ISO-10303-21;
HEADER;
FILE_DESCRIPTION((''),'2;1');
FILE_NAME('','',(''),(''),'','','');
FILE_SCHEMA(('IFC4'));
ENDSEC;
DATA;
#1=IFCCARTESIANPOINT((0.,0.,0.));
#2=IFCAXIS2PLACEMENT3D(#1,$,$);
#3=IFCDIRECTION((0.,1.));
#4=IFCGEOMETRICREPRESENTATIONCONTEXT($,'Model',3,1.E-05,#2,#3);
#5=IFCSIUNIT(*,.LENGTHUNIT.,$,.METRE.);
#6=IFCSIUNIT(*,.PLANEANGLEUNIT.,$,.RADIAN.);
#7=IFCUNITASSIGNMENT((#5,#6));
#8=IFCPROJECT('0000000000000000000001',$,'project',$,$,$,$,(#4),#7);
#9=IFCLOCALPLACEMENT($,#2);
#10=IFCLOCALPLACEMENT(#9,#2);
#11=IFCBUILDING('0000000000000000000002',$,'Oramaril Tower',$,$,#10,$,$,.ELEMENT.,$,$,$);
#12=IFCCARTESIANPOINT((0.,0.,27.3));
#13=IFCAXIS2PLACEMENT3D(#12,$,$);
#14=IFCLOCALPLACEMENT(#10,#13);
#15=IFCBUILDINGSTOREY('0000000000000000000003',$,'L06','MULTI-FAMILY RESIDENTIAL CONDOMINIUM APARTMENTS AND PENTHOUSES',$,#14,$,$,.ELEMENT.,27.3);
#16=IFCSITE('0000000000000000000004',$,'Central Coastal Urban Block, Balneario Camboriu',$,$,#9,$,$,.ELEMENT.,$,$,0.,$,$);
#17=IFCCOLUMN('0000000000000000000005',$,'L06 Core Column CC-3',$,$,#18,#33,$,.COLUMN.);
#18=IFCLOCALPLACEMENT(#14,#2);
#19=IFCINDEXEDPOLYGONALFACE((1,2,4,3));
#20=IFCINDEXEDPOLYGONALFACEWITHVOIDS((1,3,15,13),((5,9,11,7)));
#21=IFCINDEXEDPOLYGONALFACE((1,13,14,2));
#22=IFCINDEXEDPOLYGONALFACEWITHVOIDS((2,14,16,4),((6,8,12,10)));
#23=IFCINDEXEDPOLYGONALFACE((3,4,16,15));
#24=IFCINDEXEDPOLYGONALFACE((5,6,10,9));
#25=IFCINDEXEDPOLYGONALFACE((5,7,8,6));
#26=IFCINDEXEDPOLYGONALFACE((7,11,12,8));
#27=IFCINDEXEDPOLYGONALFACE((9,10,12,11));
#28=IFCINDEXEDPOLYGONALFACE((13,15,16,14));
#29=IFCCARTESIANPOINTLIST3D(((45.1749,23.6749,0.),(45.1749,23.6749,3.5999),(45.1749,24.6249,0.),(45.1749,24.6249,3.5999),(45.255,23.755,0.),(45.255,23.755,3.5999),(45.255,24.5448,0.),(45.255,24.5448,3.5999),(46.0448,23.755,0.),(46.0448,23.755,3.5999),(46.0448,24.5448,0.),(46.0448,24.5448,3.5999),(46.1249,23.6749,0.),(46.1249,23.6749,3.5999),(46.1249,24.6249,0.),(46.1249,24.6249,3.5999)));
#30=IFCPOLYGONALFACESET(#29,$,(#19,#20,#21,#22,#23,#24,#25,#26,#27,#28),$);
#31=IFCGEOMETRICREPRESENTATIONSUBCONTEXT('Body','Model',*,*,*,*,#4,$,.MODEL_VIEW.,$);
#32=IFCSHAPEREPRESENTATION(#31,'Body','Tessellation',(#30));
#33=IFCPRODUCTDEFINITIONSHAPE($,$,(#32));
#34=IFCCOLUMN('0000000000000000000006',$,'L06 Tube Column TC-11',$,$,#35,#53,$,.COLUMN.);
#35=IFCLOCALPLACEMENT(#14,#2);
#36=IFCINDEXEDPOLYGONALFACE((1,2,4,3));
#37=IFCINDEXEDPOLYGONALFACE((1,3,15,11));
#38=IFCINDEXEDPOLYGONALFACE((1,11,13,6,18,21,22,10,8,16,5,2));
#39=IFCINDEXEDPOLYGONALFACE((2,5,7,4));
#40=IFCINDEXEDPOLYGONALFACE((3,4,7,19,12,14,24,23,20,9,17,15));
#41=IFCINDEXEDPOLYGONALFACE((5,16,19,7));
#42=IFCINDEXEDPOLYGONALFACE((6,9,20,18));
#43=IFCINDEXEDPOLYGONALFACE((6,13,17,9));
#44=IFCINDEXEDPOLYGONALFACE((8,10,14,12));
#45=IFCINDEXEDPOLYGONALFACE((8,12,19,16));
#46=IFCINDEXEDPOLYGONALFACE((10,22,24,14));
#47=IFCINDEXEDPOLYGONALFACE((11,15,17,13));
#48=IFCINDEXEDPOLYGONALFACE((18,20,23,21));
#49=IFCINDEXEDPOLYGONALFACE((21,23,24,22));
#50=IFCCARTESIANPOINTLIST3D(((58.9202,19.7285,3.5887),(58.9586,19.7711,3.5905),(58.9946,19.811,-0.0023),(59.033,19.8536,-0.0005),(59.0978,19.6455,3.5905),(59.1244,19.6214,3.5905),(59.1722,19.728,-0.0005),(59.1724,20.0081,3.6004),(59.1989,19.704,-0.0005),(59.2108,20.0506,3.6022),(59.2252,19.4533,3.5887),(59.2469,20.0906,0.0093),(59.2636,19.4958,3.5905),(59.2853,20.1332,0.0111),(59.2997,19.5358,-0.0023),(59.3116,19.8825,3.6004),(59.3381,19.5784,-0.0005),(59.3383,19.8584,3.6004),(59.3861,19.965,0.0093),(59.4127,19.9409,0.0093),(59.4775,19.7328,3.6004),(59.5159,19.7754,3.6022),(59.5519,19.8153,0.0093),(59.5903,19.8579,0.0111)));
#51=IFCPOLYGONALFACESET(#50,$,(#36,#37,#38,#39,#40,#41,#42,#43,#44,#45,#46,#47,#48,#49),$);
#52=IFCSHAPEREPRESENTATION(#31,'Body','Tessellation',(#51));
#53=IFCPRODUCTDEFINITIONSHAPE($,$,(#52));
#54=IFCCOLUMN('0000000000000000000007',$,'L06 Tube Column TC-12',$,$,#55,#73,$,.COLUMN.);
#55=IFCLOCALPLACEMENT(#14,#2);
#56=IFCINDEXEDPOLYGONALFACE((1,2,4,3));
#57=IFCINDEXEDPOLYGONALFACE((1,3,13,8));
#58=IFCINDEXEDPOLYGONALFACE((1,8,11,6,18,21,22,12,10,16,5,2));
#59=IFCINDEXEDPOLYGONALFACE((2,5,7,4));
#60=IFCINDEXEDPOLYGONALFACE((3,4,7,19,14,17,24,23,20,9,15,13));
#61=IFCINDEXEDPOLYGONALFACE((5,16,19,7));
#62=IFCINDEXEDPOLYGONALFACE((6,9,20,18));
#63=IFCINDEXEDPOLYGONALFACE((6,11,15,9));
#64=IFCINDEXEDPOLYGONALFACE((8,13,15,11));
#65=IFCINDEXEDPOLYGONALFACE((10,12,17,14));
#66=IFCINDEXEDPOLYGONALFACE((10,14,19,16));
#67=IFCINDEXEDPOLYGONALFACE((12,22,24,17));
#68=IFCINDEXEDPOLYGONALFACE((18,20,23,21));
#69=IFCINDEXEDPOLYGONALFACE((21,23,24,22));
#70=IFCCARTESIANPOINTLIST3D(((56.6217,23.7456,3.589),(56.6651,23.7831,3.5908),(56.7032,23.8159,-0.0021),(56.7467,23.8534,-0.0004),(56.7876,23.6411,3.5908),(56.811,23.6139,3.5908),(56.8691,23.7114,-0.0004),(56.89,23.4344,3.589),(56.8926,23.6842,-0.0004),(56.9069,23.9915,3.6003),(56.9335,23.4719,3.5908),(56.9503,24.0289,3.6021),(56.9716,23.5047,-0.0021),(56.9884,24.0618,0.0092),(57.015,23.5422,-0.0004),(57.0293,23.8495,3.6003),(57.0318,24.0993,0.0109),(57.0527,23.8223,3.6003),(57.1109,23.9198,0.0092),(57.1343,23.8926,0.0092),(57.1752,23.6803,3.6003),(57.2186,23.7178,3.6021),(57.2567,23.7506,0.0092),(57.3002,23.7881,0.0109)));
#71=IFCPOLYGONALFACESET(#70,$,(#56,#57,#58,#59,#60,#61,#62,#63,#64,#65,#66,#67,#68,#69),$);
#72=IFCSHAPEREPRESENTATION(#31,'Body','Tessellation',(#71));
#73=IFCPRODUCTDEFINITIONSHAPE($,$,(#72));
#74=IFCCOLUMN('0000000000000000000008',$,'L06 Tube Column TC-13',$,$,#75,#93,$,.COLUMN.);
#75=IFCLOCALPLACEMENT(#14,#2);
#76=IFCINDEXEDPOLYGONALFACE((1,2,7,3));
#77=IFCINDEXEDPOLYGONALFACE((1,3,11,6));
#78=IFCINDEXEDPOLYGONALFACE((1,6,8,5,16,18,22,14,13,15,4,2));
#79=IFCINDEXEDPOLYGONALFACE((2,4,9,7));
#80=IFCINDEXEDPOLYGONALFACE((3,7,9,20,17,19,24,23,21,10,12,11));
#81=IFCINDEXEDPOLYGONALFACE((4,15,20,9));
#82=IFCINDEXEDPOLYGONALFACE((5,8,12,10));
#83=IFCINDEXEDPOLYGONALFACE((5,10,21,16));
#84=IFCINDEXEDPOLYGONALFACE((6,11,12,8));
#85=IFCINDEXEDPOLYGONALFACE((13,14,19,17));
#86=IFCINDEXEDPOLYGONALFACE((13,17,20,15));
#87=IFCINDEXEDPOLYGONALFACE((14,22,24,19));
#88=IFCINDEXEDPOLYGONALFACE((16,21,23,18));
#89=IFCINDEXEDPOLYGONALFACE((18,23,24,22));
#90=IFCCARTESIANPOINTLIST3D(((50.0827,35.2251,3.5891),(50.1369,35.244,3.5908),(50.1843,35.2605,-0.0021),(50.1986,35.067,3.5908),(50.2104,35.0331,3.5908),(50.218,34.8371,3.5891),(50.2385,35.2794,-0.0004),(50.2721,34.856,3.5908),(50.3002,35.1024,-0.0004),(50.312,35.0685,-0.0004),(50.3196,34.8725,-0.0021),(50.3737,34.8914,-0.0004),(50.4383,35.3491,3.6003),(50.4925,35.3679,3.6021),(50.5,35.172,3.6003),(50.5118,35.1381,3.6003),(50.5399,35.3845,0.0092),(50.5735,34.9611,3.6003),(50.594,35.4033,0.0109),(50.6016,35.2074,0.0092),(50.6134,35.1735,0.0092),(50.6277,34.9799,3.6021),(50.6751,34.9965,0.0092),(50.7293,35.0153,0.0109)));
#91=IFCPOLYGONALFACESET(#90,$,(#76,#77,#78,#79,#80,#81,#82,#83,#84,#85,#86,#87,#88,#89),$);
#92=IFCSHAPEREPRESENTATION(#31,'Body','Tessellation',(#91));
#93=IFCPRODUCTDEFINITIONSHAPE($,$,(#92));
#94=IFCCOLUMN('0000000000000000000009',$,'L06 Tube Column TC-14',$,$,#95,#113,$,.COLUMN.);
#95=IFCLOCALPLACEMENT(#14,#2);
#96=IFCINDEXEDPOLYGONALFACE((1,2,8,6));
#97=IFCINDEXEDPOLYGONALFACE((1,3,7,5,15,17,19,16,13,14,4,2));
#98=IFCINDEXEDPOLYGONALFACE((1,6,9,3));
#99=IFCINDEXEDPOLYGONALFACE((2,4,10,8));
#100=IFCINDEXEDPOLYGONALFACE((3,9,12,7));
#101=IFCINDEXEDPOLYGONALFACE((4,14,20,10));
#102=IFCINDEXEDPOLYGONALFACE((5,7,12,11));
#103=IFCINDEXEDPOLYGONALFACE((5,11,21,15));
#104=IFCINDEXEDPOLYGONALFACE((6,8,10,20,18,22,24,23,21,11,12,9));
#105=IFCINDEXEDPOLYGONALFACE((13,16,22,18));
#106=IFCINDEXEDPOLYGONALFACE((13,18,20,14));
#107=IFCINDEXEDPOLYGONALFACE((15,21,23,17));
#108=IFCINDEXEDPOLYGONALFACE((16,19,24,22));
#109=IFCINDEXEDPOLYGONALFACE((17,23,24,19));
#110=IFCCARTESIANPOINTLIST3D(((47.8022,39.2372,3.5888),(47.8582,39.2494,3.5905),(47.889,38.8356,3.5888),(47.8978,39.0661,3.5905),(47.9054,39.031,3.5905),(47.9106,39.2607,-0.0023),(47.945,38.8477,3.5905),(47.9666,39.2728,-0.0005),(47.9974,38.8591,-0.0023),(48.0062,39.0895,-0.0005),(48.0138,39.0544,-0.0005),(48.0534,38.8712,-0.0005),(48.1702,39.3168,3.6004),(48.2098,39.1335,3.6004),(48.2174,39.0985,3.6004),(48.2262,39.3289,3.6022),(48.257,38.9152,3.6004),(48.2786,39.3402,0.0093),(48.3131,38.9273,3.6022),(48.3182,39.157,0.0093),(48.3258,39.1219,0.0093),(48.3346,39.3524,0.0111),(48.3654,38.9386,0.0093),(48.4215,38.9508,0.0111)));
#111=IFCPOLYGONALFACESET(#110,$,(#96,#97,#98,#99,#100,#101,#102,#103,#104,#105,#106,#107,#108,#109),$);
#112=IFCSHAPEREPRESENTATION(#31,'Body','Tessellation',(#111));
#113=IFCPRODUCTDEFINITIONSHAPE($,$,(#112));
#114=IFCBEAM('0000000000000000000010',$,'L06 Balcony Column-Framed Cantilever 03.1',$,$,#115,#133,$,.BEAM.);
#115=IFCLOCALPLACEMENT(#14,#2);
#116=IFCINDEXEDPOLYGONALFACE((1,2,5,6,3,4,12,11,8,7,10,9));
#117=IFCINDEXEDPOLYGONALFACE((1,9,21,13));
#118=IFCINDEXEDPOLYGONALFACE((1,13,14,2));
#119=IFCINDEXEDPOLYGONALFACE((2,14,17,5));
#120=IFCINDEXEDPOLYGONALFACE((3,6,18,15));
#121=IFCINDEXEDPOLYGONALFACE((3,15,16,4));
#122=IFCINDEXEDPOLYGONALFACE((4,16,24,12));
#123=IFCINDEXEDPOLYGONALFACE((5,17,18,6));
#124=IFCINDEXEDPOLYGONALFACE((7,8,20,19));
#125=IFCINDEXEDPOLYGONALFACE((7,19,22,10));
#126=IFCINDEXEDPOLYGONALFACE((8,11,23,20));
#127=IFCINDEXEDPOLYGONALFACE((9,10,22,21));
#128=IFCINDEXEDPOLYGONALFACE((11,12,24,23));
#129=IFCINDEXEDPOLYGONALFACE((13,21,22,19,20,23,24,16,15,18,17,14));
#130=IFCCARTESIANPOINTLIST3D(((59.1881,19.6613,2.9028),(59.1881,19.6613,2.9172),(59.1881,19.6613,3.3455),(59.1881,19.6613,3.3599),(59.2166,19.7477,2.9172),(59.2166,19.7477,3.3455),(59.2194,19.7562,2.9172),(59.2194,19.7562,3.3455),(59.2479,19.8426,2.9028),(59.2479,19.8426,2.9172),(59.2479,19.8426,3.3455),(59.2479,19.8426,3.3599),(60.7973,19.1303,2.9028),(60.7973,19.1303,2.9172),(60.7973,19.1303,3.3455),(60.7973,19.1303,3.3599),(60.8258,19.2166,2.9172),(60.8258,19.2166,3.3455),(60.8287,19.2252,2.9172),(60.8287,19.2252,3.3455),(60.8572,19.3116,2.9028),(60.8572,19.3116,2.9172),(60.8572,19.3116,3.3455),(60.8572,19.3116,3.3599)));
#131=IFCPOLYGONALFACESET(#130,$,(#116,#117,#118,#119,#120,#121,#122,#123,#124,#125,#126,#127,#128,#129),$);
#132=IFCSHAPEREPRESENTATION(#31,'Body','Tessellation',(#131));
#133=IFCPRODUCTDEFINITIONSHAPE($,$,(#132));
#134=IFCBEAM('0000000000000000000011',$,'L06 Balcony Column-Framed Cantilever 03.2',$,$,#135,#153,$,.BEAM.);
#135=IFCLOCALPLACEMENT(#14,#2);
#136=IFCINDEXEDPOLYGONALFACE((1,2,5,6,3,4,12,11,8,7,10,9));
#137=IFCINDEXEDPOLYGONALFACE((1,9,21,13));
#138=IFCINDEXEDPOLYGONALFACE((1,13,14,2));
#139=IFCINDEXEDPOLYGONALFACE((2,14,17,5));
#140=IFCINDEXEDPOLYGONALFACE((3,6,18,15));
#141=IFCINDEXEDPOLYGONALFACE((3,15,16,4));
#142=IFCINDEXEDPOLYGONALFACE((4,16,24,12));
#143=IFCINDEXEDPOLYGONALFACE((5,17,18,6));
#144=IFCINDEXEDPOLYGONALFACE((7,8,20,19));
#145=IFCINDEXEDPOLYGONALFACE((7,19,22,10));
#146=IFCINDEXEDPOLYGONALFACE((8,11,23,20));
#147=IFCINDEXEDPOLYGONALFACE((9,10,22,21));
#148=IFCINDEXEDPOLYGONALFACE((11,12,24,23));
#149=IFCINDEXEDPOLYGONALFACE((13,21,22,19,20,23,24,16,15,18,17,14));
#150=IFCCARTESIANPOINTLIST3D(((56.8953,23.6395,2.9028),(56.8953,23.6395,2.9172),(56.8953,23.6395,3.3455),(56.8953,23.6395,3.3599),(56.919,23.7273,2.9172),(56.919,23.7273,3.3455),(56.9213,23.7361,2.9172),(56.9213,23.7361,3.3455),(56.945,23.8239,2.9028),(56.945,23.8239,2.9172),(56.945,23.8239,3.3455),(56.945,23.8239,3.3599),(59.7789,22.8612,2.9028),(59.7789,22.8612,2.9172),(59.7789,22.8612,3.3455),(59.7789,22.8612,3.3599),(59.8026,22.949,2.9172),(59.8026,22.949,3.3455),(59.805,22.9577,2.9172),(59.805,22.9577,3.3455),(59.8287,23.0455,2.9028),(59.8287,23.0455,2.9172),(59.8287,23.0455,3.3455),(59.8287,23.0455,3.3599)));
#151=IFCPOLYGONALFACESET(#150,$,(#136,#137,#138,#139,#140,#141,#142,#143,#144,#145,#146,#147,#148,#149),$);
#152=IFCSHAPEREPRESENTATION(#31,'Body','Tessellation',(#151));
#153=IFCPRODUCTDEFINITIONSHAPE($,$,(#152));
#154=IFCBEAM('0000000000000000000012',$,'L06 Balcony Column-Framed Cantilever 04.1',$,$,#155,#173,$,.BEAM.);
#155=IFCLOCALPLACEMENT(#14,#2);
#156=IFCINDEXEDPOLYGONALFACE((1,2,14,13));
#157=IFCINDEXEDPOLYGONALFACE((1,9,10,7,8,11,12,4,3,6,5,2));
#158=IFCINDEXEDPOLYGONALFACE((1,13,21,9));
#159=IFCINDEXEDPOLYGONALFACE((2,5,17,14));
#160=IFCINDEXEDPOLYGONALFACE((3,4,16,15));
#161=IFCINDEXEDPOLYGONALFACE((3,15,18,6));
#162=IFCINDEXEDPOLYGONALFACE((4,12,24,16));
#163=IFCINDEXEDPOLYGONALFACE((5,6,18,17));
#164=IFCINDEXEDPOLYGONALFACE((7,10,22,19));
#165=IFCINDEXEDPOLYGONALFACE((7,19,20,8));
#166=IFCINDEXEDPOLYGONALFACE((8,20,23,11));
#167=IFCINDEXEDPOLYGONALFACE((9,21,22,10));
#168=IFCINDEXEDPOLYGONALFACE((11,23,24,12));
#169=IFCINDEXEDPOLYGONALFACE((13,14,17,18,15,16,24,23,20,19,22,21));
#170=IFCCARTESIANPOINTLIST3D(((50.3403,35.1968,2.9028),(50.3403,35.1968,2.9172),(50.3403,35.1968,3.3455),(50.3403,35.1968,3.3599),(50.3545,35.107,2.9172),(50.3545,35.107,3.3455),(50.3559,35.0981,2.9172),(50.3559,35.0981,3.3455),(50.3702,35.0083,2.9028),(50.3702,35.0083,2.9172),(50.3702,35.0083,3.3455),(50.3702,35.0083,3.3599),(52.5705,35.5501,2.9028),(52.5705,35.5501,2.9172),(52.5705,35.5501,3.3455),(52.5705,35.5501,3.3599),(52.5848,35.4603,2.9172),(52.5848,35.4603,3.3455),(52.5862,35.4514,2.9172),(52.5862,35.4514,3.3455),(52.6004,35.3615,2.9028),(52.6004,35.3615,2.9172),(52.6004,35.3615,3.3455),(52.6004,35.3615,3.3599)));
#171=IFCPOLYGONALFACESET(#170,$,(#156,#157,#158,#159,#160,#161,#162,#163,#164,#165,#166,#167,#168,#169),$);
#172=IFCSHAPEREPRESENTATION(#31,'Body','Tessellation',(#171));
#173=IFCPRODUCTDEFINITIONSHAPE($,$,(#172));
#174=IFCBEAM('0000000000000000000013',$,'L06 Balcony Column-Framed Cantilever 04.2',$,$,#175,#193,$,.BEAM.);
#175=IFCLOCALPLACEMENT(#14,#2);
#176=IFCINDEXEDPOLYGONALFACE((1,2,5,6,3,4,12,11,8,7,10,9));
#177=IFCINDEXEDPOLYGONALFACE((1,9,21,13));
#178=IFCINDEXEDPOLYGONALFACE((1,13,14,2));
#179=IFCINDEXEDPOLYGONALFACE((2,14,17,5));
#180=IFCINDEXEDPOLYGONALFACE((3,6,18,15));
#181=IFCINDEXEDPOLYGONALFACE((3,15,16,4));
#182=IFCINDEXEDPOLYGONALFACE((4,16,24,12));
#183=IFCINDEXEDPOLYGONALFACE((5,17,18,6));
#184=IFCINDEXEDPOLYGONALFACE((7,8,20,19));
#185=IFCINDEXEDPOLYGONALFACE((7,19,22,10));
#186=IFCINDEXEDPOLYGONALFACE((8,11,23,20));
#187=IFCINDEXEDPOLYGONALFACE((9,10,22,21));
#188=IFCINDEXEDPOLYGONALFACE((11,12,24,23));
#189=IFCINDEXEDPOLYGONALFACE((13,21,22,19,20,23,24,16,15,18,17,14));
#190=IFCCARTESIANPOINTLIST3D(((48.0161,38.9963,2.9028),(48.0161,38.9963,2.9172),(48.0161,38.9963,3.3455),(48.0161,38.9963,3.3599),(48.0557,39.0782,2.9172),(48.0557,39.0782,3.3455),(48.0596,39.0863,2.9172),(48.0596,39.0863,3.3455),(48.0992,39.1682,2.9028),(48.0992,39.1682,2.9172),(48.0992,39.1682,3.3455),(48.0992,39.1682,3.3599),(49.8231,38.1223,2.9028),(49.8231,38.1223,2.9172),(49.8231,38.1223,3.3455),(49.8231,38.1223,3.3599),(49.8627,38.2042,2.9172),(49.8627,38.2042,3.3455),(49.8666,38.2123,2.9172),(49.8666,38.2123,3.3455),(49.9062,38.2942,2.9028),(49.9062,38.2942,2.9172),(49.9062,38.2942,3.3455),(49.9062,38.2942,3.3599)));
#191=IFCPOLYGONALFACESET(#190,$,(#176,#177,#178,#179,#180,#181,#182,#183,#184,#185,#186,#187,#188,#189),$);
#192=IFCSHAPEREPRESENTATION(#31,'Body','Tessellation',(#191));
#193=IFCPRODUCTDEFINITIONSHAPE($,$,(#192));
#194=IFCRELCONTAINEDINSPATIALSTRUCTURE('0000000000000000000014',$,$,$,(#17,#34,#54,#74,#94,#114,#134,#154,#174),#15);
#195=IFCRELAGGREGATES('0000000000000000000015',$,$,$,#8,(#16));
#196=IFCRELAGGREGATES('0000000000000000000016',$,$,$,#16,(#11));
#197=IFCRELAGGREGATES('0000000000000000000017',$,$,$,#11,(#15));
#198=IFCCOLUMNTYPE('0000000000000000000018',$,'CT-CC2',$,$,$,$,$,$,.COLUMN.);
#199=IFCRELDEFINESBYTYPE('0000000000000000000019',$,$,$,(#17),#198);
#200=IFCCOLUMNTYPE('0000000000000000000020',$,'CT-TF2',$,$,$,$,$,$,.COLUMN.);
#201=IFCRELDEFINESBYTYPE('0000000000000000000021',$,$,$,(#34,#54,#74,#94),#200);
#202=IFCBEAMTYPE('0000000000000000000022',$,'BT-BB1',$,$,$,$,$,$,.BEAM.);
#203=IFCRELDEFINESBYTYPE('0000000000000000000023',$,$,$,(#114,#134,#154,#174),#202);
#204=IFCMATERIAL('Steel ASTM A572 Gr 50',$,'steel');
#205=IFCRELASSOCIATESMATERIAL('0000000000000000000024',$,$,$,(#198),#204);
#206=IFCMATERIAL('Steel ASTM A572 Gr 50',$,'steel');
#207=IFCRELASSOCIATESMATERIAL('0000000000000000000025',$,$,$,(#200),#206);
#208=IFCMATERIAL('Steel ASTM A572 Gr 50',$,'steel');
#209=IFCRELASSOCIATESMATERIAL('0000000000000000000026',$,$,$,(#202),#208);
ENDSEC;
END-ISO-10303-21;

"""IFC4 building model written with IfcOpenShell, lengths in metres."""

from ifc_helpers import new_model, si_unit, direction, frame, origin, origin_2d, place, context, subcontext, project, spatial, hollow_rectangle, i_section, extrude, material, material_profile, profile_set, type_object, element, save


model = new_model("IFC4")

# Units and contexts
model_context = context("Model", 3, precision=1e-05, world=origin(), true_north=direction((0.0, 1.0)))
body_context = subcontext(model_context, "Body", "Model", "MODEL_VIEW")
ifc_project = project(units=[si_unit("LENGTHUNIT", "METRE"), si_unit("PLANEANGLEUNIT", "RADIAN")], contexts=[model_context])

# Site, building, storey
site_placement = place(None, origin())
site = spatial("IfcSite", under=ifc_project, at=site_placement, Name="Central Coastal Urban Block, Balneario Camboriu", CompositionType="ELEMENT", RefElevation=0.0)
building_placement = place(site_placement, origin())
building = spatial("IfcBuilding", under=site, at=building_placement, Name="Oramaril Tower", CompositionType="ELEMENT")
storey_placement = place(building_placement, frame((0.0, 0.0, 27.3)))
storey = spatial("IfcBuildingStorey", under=building, at=storey_placement, Name="L06", Description="MULTI-FAMILY RESIDENTIAL CONDOMINIUM APARTMENTS AND PENTHOUSES", CompositionType="ELEMENT", Elevation=27.3)

# Columns
ifc_material_1 = material(Name="Steel ASTM A572 Gr 50", Category="steel")
ifc_material_profile_1 = material_profile(ifc_material_1, hollow_rectangle(XDim=0.95, YDim=0.95, WallThickness=0.0801, at=origin_2d()), Name="BOX950X950X80")
ifc_profile_set_1 = profile_set([ifc_material_profile_1], Name="Steel ASTM A572 Gr 50")
column_type_1 = type_object("IfcColumnType", Name="CT-CC2", PredefinedType="COLUMN", material=ifc_profile_set_1)
column_placement = place(storey_placement, frame((45.6499, 24.1499, 0.0), z_axis=(0.0, 0.0, 1.0), x_axis=(1.0, 0.0, 0.0)))
element("IfcColumn", 1, at=column_placement, inside=storey, type_object=column_type_1, Name="L06 Core Column CC-3", PredefinedType="COLUMN", context=body_context, shape_type="SweptSolid", body=[
    extrude(hollow_rectangle(XDim=0.95, YDim=0.95, WallThickness=0.0801, at=origin_2d()), origin(), (0.0, 0.0, 1.0), 3.5999),
])
ifc_material_2 = material(Name="Steel ASTM A572 Gr 50", Category="steel")
ifc_material_profile_2 = material_profile(ifc_material_2, i_section(OverallWidth=0.4109, OverallDepth=0.4341, WebThickness=0.0359, FlangeThickness=0.0574, at=origin_2d()), Name="W14X311")
ifc_profile_set_2 = profile_set([ifc_material_profile_2], Name="Steel ASTM A572 Gr 50")
column_type_2 = type_object("IfcColumnType", Name="CT-TF2", PredefinedType="COLUMN", material=ifc_profile_set_2)
for number, where, z_axis, x_axis, name in (
    (2, (59.2925, 19.8345, 0.0044), (-0.020726, -0.022968, 0.999521), (0.74242, -0.669935, 0.0), "L06 Tube Column TC-11"),
    (3, (57.0017, 23.802, 0.0044), (-0.022697, -0.019571, 0.999551), (0.653029, -0.757333, 0.0), "L06 Tube Column TC-12"),
    (4, (50.4568, 35.1379, 0.0044), (-0.028269, -0.009853, 0.999552), (0.329137, -0.944282, 0.0), "L06 Tube Column TC-13"),
    (5, (48.166, 39.1057, 0.0044), (-0.030171, -0.006524, 0.999523), (0.211333, -0.977414, 0.0), "L06 Tube Column TC-14"),
):
    element("IfcColumn", number, at=place(storey_placement, frame(where, z_axis=z_axis, x_axis=x_axis)), inside=storey, type_object=column_type_2, Name=name, PredefinedType="COLUMN", context=body_context, shape_type="SweptSolid", body=[
        extrude(i_section(OverallWidth=0.4109, OverallDepth=0.4341, WebThickness=0.0359, FlangeThickness=0.0574, at=origin_2d()), origin(), (0.0, 0.0, 1.0), 3.5928),
    ])

# Beams
ifc_material_3 = material(Name="Steel ASTM A572 Gr 50", Category="steel")
ifc_material_profile_3 = material_profile(ifc_material_3, i_section(OverallWidth=0.1909, OverallDepth=0.457, WebThickness=0.009, FlangeThickness=0.0144, at=origin_2d()), Name="W18X50")
ifc_profile_set_3 = profile_set([ifc_material_profile_3], Name="Steel ASTM A572 Gr 50")
beam_type_1 = type_object("IfcBeamType", Name="BT-BB1", PredefinedType="BEAM", material=ifc_profile_set_3)
beam_1_placement = place(storey_placement, frame((59.218, 19.752, 3.1313), z_axis=(0.94963, -0.313374, 0.0), x_axis=(0.313374, 0.94963, 0.0)))
element("IfcBeam", 6, at=beam_1_placement, inside=storey, type_object=beam_type_1, Name="L06 Balcony Column-Framed Cantilever 03.1", PredefinedType="BEAM", context=body_context, shape_type="SweptSolid", body=[
    extrude(i_section(OverallWidth=0.1909, OverallDepth=0.457, WebThickness=0.009, FlangeThickness=0.0144, at=origin_2d()), origin(), (0.0, 0.0, 1.0), 1.6946),
])
beam_2_placement = place(storey_placement, frame((56.9202, 23.7317, 3.1313), z_axis=(0.965449, -0.260592, 0.0), x_axis=(0.260592, 0.965449, 0.0)))
element("IfcBeam", 7, at=beam_2_placement, inside=storey, type_object=beam_type_1, Name="L06 Balcony Column-Framed Cantilever 03.2", PredefinedType="BEAM", context=body_context, shape_type="SweptSolid", body=[
    extrude(i_section(OverallWidth=0.1909, OverallDepth=0.457, WebThickness=0.009, FlangeThickness=0.0144, at=origin_2d()), origin(), (0.0, 0.0, 1.0), 2.9868),
])
beam_3_placement = place(storey_placement, frame((50.3552, 35.1025, 3.1313), z_axis=(0.987686, 0.156451, 0.0), x_axis=(-0.156451, 0.987686, 0.0)))
element("IfcBeam", 8, at=beam_3_placement, inside=storey, type_object=beam_type_1, Name="L06 Balcony Column-Framed Cantilever 04.1", PredefinedType="BEAM", context=body_context, shape_type="SweptSolid", body=[
    extrude(i_section(OverallWidth=0.1909, OverallDepth=0.457, WebThickness=0.009, FlangeThickness=0.0144, at=origin_2d()), origin(), (0.0, 0.0, 1.0), 2.2581),
])
beam_4_placement = place(storey_placement, frame((48.0576, 39.0823, 3.1313), z_axis=(0.900236, -0.435402, 0.0), x_axis=(0.435402, 0.900236, 0.0)))
element("IfcBeam", 9, at=beam_4_placement, inside=storey, type_object=beam_type_1, Name="L06 Balcony Column-Framed Cantilever 04.2", PredefinedType="BEAM", context=body_context, shape_type="SweptSolid", body=[
    extrude(i_section(OverallWidth=0.1909, OverallDepth=0.457, WebThickness=0.009, FlangeThickness=0.0144, at=origin_2d()), origin(), (0.0, 0.0, 1.0), 2.0073),
])

save(model, "model.ifc")
